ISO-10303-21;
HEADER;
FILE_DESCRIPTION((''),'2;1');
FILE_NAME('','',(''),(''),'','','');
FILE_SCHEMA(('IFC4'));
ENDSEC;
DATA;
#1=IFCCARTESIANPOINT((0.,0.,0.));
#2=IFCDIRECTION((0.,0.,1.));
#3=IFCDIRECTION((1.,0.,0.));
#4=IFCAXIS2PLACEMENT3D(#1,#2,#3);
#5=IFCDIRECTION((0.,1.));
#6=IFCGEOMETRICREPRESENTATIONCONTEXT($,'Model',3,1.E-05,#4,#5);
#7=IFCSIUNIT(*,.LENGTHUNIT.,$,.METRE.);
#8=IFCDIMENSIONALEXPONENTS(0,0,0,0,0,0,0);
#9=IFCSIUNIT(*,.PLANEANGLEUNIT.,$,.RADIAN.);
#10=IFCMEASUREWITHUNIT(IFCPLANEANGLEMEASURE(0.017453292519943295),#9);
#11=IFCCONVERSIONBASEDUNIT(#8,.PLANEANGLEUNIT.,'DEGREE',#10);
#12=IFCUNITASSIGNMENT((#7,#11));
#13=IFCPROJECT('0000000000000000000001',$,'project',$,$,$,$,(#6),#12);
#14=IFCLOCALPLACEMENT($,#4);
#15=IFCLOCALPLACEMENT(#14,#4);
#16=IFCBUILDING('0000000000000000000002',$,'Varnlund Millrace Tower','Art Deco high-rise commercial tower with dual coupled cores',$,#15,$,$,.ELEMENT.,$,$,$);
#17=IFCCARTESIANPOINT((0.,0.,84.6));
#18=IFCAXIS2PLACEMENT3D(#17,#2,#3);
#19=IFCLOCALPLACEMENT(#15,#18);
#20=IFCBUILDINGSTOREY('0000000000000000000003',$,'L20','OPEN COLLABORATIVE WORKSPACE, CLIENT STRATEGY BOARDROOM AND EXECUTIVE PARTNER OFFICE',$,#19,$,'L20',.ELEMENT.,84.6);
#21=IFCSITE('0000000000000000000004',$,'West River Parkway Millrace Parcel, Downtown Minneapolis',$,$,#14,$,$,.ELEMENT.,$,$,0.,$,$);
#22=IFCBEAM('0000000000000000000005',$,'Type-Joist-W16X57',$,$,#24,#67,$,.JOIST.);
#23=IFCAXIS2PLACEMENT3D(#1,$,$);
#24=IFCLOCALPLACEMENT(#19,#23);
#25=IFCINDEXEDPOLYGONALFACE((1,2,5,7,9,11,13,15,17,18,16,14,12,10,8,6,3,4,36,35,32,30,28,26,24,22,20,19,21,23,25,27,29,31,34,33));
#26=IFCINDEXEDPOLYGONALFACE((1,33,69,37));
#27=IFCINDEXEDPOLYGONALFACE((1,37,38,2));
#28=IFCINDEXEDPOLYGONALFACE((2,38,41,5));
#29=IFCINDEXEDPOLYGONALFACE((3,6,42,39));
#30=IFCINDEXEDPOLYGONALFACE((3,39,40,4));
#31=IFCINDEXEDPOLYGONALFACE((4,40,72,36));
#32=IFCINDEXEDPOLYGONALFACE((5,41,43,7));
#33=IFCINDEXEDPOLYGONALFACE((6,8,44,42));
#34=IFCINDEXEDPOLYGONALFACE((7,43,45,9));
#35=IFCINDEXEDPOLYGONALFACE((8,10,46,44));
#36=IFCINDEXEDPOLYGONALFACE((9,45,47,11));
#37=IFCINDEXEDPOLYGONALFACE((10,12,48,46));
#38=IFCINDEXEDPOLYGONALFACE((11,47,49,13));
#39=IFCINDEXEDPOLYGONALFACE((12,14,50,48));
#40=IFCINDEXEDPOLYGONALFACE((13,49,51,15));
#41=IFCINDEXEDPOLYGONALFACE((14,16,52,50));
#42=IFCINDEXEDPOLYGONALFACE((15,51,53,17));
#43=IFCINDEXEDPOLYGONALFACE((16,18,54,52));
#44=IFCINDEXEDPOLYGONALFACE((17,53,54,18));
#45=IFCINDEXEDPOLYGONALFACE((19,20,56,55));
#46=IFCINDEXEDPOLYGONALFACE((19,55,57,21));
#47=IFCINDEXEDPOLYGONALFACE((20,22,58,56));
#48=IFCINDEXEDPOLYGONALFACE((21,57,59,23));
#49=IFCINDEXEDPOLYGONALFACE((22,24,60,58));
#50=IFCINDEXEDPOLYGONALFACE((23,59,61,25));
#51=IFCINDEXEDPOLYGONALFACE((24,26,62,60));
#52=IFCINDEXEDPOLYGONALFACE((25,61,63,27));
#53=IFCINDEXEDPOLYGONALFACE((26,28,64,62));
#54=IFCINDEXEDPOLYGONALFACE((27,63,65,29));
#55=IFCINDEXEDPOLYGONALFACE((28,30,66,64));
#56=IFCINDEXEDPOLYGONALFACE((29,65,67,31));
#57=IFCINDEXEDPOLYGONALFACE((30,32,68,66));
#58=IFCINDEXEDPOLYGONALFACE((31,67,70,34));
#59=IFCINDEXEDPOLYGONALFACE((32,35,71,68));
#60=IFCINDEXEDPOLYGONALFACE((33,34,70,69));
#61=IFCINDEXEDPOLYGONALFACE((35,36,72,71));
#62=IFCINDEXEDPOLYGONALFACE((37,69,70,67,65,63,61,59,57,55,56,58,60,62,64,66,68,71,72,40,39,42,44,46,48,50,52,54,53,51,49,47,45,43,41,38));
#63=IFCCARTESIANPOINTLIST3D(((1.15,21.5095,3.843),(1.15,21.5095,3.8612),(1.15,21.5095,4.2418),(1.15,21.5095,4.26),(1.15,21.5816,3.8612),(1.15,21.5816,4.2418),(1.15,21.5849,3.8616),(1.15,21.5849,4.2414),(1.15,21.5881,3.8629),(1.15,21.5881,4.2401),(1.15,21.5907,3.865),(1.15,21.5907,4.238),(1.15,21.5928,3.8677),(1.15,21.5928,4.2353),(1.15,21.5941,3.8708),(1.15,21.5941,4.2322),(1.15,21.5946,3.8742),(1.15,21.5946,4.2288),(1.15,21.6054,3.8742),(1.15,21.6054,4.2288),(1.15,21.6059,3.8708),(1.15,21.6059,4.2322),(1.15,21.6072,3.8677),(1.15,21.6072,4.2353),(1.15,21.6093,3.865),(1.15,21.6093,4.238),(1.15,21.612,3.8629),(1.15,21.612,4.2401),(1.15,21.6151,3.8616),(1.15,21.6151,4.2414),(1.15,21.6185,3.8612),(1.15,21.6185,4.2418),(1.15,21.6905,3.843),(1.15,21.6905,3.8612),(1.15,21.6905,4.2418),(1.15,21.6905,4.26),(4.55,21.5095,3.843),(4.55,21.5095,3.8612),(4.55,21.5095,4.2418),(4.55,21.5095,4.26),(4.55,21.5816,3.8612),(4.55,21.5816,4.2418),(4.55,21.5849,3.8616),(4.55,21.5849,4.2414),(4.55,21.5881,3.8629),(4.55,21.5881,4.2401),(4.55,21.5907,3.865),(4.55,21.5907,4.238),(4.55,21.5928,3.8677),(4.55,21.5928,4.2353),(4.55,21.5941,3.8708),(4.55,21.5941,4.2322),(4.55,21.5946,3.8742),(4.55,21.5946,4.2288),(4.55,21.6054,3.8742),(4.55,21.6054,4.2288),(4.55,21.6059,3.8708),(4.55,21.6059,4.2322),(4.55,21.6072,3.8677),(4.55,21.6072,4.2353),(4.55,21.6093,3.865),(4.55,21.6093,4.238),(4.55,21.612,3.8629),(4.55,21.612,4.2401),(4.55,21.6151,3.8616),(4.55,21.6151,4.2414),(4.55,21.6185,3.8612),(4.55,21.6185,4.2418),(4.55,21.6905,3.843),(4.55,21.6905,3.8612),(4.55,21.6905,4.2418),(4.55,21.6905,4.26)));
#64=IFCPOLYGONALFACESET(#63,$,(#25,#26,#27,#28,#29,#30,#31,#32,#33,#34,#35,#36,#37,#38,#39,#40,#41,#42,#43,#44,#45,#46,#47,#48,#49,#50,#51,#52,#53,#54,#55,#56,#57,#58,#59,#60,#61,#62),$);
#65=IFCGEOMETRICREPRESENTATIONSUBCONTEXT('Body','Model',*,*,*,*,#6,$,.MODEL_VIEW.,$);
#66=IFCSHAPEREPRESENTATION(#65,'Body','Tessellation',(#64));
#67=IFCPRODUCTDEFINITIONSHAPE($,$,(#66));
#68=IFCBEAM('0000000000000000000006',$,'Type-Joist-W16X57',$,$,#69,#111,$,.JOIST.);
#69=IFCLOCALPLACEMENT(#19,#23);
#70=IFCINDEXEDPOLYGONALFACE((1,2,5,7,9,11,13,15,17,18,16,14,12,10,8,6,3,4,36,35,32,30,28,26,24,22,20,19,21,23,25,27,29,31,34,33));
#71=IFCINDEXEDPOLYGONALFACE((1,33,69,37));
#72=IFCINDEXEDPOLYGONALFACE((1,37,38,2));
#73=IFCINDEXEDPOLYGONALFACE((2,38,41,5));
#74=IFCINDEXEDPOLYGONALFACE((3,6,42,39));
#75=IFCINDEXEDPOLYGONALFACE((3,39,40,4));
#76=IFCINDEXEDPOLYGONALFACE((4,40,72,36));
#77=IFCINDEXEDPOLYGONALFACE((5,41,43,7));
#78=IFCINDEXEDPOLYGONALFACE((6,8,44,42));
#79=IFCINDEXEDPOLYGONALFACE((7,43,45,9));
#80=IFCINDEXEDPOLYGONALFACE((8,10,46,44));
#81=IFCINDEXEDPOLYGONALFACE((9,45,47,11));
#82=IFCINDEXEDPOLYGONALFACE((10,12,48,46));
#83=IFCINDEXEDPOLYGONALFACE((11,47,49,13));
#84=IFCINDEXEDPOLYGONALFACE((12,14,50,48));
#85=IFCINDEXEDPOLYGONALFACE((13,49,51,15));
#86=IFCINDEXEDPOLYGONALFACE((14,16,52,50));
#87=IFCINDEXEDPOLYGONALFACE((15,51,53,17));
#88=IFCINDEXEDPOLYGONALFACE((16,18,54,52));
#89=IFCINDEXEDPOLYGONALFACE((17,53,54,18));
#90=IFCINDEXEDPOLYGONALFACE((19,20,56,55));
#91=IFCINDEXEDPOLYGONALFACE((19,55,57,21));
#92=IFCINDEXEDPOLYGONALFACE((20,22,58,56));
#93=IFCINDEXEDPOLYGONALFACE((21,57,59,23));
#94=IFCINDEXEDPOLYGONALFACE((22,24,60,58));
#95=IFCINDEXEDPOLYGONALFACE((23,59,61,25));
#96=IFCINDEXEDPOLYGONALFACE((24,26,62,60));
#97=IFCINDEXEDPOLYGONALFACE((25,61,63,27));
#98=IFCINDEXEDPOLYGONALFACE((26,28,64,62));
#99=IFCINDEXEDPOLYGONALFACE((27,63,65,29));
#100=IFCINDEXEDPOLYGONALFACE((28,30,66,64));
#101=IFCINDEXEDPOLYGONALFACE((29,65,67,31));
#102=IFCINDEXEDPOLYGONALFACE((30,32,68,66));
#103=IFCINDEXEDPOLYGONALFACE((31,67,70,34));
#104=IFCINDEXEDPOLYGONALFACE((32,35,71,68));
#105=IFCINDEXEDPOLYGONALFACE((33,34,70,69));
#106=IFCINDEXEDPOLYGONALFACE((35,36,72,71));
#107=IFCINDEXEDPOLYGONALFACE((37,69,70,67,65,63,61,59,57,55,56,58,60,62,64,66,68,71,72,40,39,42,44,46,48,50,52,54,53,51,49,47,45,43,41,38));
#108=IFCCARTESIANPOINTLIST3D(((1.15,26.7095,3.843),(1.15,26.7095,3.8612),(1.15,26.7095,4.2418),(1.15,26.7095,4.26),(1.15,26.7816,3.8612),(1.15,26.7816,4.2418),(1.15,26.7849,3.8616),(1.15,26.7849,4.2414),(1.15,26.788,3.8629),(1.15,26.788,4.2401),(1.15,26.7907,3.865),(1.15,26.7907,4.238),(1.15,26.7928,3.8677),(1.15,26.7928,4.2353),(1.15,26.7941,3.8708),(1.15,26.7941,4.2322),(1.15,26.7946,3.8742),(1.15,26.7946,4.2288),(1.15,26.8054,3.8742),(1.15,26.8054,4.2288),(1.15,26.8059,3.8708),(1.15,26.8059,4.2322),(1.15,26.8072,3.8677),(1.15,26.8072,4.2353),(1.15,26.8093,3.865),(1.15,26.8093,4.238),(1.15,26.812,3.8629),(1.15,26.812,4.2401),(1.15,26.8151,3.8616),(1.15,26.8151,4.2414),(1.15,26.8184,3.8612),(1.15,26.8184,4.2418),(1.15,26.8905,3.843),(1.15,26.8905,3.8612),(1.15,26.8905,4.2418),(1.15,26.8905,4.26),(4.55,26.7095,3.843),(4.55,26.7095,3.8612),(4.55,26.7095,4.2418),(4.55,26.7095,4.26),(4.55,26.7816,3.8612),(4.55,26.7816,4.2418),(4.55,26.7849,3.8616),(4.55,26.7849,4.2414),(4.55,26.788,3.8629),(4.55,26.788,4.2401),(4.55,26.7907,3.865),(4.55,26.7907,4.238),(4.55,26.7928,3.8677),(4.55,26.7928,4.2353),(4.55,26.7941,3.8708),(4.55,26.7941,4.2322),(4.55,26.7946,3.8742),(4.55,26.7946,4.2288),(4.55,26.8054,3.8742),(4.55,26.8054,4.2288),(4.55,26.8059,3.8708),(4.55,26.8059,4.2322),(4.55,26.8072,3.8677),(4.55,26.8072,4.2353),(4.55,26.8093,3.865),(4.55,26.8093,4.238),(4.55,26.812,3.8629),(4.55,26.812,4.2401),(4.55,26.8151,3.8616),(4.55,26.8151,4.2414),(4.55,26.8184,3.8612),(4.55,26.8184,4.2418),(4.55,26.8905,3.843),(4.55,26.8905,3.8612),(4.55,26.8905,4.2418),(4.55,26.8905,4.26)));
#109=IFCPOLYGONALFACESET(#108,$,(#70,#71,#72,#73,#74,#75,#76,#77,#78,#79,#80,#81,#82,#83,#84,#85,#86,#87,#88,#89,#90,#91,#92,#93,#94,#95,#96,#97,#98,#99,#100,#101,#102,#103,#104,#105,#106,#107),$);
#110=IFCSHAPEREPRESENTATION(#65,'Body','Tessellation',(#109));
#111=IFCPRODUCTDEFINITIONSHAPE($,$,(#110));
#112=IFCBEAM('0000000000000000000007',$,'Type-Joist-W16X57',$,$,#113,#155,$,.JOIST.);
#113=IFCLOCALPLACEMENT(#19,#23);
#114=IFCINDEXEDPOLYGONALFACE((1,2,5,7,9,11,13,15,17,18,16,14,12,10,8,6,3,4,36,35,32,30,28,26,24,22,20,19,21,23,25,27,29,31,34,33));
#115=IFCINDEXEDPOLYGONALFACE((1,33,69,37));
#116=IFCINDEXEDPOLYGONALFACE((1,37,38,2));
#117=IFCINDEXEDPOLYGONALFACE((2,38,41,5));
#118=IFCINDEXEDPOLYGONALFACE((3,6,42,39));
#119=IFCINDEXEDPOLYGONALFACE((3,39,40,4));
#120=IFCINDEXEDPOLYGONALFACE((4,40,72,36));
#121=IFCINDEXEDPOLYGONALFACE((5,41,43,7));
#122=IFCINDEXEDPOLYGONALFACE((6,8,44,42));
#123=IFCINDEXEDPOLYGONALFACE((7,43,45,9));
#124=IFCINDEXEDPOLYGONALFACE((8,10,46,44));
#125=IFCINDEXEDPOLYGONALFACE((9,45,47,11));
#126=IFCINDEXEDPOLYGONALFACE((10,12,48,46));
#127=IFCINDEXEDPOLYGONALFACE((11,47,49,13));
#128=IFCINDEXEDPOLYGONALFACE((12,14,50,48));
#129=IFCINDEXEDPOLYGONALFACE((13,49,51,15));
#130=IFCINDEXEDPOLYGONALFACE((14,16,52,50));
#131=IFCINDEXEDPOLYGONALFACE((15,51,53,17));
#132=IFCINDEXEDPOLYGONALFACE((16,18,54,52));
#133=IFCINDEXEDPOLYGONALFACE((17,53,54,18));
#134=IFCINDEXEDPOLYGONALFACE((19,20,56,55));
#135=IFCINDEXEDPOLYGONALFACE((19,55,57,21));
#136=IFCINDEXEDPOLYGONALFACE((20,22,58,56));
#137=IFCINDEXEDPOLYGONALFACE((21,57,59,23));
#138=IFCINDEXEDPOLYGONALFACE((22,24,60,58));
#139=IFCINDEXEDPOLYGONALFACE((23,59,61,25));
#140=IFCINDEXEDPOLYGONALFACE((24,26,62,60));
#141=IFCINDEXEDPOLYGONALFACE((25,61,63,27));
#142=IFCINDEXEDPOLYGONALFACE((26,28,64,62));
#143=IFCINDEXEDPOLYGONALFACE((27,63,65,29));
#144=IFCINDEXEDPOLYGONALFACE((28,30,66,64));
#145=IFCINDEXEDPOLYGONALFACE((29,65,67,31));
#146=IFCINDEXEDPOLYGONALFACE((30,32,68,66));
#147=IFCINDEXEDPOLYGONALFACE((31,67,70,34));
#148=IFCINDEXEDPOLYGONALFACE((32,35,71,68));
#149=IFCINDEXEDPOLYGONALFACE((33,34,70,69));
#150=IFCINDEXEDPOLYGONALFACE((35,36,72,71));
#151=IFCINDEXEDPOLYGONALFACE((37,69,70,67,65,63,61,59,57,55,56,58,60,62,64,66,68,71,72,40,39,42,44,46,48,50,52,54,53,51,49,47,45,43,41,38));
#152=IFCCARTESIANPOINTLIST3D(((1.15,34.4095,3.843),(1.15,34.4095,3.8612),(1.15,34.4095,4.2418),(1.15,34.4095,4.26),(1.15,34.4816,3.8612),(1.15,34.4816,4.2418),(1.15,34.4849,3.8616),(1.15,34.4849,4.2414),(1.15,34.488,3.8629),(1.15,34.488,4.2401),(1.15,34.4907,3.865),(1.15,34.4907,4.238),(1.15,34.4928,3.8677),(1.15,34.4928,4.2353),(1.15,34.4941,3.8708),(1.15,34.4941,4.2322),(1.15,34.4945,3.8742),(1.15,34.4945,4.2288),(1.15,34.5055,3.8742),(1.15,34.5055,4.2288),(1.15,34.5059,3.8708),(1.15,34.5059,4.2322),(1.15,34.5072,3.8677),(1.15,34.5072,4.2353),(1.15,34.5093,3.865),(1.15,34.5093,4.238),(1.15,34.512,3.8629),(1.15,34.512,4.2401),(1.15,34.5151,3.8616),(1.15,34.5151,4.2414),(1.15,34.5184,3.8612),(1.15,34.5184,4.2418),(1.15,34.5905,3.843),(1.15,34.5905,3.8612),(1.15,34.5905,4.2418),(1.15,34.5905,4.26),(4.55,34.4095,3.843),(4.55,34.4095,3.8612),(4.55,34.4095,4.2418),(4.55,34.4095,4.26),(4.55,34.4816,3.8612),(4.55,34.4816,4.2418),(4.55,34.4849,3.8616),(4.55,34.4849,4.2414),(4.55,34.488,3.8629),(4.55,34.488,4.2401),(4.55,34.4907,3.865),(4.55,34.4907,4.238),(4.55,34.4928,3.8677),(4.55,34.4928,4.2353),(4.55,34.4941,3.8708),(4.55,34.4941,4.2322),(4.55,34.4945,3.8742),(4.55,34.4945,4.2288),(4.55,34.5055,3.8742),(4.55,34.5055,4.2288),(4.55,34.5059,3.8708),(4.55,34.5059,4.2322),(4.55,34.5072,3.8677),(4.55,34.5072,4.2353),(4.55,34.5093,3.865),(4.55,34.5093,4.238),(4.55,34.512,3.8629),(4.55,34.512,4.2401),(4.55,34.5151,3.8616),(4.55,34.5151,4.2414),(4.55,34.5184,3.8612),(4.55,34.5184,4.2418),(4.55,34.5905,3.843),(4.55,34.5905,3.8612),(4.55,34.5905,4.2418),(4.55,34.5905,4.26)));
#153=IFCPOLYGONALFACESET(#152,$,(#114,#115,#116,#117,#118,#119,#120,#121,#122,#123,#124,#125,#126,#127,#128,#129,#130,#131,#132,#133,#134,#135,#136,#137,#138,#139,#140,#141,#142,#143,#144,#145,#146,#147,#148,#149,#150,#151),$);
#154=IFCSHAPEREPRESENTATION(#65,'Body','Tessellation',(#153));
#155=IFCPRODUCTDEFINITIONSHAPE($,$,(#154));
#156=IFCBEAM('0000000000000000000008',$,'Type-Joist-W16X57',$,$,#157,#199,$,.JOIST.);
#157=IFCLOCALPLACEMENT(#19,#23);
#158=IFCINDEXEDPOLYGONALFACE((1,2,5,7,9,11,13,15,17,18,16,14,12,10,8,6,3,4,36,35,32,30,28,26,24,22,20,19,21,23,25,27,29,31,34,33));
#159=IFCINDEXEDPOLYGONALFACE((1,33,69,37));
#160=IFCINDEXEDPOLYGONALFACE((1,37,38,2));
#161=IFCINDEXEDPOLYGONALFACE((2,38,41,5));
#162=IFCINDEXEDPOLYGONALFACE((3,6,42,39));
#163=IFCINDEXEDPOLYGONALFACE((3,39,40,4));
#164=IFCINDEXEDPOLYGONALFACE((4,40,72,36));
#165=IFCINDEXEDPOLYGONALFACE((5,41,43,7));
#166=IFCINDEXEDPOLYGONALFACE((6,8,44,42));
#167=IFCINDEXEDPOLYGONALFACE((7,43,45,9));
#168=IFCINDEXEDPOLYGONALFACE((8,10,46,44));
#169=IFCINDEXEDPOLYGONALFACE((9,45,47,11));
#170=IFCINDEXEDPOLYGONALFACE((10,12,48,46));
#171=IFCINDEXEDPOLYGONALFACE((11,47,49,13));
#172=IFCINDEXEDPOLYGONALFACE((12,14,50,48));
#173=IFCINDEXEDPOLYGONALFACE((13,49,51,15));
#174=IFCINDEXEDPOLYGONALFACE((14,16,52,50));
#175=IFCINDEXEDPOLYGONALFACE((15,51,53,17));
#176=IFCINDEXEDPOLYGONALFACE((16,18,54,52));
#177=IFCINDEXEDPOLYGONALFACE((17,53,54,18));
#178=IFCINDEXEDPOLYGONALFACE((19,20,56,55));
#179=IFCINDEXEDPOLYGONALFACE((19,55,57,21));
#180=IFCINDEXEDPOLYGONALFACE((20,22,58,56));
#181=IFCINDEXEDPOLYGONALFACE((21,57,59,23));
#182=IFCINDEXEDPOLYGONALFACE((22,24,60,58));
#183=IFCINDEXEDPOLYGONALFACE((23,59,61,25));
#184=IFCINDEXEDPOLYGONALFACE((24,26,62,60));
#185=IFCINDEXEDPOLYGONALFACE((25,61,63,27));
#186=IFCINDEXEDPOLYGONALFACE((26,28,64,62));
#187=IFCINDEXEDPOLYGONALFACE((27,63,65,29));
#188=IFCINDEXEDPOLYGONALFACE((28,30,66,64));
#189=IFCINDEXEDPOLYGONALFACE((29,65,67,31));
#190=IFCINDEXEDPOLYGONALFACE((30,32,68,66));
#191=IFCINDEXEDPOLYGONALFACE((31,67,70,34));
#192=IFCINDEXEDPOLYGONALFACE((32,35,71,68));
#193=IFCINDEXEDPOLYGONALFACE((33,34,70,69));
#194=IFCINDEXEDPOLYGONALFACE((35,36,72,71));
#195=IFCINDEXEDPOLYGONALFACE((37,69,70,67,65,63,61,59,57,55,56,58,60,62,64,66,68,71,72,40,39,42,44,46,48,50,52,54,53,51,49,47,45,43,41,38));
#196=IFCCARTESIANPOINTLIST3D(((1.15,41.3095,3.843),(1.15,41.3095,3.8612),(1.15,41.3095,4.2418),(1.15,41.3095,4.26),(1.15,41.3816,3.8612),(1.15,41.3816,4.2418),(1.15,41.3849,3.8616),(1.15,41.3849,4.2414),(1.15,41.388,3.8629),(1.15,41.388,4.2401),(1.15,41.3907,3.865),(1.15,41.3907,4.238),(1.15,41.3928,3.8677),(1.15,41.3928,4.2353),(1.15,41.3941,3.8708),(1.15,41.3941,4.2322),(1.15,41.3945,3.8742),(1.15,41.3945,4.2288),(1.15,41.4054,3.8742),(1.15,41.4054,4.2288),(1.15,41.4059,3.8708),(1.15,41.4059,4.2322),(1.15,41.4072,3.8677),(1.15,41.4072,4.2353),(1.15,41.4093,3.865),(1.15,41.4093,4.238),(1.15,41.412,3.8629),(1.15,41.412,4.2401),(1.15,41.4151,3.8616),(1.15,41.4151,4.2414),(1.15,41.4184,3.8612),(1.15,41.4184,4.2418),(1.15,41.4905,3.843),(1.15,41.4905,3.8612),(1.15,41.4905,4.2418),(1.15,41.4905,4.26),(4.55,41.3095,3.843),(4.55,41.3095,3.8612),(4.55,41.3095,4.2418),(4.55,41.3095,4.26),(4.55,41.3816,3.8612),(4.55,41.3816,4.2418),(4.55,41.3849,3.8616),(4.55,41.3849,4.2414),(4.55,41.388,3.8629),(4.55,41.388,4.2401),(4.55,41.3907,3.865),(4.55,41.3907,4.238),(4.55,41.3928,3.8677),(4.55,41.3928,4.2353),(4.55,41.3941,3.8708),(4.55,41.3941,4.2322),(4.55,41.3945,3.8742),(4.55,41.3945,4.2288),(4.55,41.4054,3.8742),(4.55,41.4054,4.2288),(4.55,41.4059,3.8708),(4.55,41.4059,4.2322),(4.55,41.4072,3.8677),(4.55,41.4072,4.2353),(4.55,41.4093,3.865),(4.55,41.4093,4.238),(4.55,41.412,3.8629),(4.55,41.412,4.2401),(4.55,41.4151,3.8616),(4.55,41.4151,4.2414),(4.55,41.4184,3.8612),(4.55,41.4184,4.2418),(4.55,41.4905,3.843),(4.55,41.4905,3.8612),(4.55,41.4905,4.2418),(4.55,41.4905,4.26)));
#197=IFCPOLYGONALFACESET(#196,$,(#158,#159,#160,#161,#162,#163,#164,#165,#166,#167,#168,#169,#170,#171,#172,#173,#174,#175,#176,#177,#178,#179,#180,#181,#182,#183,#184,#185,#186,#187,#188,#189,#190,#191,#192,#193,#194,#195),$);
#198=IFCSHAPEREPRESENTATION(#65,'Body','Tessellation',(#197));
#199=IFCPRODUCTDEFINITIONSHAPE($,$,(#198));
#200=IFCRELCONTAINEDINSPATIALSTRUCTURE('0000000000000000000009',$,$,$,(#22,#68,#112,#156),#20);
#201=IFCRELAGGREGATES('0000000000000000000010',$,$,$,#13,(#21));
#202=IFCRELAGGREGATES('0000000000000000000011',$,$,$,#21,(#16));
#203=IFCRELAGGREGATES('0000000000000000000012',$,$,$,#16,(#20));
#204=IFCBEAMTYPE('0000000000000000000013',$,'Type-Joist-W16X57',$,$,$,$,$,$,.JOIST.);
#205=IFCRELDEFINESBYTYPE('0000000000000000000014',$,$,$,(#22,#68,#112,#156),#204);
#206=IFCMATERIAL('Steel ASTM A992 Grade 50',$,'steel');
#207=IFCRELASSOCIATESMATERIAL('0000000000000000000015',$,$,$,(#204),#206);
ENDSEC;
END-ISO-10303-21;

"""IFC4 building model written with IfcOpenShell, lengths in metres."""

from ifc_helpers import new_model, entity, si_unit, converted_unit, direction, frame, origin_with_axes, origin_2d_with_axis, place, context, subcontext, project, spatial, i_section, extrude, material, material_profile, profile_set, type_object, element, save


model = new_model("IFC4")

# Units and contexts
model_context = context("Model", 3, precision=1e-05, world=origin_with_axes(), true_north=direction((0.0, 1.0)))
body_context = subcontext(model_context, "Body", "Model", "MODEL_VIEW")
ifc_project = project(units=[si_unit("LENGTHUNIT", "METRE"), converted_unit("PLANEANGLEUNIT", "DEGREE", entity("IfcPlaneAngleMeasure", 0.017453292519943295), si_unit("PLANEANGLEUNIT", "RADIAN"), dimensions=[0, 0, 0, 0, 0, 0, 0])], contexts=[model_context])

# Site, building, storey
site_placement = place(None, origin_with_axes())
site = spatial("IfcSite", under=ifc_project, at=site_placement, Name="West River Parkway Millrace Parcel, Downtown Minneapolis", CompositionType="ELEMENT", RefElevation=0.0)
building_placement = place(site_placement, origin_with_axes())
building = spatial("IfcBuilding", under=site, at=building_placement, Name="Varnlund Millrace Tower", Description="Art Deco high-rise commercial tower with dual coupled cores", CompositionType="ELEMENT")
storey_placement = place(building_placement, frame((0.0, 0.0, 84.6), z_axis=(0.0, 0.0, 1.0), x_axis=(1.0, 0.0, 0.0)))
storey = spatial("IfcBuildingStorey", under=building, at=storey_placement, Name="L20", Description="OPEN COLLABORATIVE WORKSPACE, CLIENT STRATEGY BOARDROOM AND EXECUTIVE PARTNER OFFICE", LongName="L20", CompositionType="ELEMENT", Elevation=84.6)

# Beams
ifc_material_1 = material(Name="Steel ASTM A992 Grade 50", Category="steel")
ifc_material_profile_1 = material_profile(ifc_material_1, i_section(OverallWidth=0.181, OverallDepth=0.417, WebThickness=0.0109, FlangeThickness=0.0182, FilletRadius=0.013, at=origin_2d_with_axis()), Name="Steel ASTM A992 Grade 50")
ifc_profile_set_1 = profile_set([ifc_material_profile_1], Name="Steel ASTM A992 Grade 50")
beam_type_1 = type_object("IfcBeamType", Name="Type-Joist-W16X57", PredefinedType="JOIST", material=ifc_profile_set_1)
for number, where, z_axis, x_axis, name in (
    (1, (1.15, 21.6, 4.0515), (1.0, 0.0, 0.0), (0.0, 1.0, 0.0), "Type-Joist-W16X57"),
    (2, (1.15, 26.8, 4.0515), (1.0, 0.0, 0.0), (0.0, 1.0, 0.0), "Type-Joist-W16X57"),
    (3, (1.15, 34.5, 4.0515), (1.0, 0.0, 0.0), (0.0, 1.0, 0.0), "Type-Joist-W16X57"),
    (4, (1.15, 41.4, 4.0515), (1.0, 0.0, 0.0), (0.0, 1.0, 0.0), "Type-Joist-W16X57"),
):
    element("IfcBeam", number, at=place(storey_placement, frame(where, z_axis=z_axis, x_axis=x_axis)), inside=storey, type_object=beam_type_1, Name=name, PredefinedType="JOIST", context=body_context, shape_type="SweptSolid", body=[
        extrude(i_section(OverallWidth=0.181, OverallDepth=0.417, WebThickness=0.0109, FlangeThickness=0.0182, FilletRadius=0.013, at=origin_2d_with_axis()), origin_with_axes(), (0.0, 0.0, 1.0), 3.4),
    ])

save(model, "model.ifc")
